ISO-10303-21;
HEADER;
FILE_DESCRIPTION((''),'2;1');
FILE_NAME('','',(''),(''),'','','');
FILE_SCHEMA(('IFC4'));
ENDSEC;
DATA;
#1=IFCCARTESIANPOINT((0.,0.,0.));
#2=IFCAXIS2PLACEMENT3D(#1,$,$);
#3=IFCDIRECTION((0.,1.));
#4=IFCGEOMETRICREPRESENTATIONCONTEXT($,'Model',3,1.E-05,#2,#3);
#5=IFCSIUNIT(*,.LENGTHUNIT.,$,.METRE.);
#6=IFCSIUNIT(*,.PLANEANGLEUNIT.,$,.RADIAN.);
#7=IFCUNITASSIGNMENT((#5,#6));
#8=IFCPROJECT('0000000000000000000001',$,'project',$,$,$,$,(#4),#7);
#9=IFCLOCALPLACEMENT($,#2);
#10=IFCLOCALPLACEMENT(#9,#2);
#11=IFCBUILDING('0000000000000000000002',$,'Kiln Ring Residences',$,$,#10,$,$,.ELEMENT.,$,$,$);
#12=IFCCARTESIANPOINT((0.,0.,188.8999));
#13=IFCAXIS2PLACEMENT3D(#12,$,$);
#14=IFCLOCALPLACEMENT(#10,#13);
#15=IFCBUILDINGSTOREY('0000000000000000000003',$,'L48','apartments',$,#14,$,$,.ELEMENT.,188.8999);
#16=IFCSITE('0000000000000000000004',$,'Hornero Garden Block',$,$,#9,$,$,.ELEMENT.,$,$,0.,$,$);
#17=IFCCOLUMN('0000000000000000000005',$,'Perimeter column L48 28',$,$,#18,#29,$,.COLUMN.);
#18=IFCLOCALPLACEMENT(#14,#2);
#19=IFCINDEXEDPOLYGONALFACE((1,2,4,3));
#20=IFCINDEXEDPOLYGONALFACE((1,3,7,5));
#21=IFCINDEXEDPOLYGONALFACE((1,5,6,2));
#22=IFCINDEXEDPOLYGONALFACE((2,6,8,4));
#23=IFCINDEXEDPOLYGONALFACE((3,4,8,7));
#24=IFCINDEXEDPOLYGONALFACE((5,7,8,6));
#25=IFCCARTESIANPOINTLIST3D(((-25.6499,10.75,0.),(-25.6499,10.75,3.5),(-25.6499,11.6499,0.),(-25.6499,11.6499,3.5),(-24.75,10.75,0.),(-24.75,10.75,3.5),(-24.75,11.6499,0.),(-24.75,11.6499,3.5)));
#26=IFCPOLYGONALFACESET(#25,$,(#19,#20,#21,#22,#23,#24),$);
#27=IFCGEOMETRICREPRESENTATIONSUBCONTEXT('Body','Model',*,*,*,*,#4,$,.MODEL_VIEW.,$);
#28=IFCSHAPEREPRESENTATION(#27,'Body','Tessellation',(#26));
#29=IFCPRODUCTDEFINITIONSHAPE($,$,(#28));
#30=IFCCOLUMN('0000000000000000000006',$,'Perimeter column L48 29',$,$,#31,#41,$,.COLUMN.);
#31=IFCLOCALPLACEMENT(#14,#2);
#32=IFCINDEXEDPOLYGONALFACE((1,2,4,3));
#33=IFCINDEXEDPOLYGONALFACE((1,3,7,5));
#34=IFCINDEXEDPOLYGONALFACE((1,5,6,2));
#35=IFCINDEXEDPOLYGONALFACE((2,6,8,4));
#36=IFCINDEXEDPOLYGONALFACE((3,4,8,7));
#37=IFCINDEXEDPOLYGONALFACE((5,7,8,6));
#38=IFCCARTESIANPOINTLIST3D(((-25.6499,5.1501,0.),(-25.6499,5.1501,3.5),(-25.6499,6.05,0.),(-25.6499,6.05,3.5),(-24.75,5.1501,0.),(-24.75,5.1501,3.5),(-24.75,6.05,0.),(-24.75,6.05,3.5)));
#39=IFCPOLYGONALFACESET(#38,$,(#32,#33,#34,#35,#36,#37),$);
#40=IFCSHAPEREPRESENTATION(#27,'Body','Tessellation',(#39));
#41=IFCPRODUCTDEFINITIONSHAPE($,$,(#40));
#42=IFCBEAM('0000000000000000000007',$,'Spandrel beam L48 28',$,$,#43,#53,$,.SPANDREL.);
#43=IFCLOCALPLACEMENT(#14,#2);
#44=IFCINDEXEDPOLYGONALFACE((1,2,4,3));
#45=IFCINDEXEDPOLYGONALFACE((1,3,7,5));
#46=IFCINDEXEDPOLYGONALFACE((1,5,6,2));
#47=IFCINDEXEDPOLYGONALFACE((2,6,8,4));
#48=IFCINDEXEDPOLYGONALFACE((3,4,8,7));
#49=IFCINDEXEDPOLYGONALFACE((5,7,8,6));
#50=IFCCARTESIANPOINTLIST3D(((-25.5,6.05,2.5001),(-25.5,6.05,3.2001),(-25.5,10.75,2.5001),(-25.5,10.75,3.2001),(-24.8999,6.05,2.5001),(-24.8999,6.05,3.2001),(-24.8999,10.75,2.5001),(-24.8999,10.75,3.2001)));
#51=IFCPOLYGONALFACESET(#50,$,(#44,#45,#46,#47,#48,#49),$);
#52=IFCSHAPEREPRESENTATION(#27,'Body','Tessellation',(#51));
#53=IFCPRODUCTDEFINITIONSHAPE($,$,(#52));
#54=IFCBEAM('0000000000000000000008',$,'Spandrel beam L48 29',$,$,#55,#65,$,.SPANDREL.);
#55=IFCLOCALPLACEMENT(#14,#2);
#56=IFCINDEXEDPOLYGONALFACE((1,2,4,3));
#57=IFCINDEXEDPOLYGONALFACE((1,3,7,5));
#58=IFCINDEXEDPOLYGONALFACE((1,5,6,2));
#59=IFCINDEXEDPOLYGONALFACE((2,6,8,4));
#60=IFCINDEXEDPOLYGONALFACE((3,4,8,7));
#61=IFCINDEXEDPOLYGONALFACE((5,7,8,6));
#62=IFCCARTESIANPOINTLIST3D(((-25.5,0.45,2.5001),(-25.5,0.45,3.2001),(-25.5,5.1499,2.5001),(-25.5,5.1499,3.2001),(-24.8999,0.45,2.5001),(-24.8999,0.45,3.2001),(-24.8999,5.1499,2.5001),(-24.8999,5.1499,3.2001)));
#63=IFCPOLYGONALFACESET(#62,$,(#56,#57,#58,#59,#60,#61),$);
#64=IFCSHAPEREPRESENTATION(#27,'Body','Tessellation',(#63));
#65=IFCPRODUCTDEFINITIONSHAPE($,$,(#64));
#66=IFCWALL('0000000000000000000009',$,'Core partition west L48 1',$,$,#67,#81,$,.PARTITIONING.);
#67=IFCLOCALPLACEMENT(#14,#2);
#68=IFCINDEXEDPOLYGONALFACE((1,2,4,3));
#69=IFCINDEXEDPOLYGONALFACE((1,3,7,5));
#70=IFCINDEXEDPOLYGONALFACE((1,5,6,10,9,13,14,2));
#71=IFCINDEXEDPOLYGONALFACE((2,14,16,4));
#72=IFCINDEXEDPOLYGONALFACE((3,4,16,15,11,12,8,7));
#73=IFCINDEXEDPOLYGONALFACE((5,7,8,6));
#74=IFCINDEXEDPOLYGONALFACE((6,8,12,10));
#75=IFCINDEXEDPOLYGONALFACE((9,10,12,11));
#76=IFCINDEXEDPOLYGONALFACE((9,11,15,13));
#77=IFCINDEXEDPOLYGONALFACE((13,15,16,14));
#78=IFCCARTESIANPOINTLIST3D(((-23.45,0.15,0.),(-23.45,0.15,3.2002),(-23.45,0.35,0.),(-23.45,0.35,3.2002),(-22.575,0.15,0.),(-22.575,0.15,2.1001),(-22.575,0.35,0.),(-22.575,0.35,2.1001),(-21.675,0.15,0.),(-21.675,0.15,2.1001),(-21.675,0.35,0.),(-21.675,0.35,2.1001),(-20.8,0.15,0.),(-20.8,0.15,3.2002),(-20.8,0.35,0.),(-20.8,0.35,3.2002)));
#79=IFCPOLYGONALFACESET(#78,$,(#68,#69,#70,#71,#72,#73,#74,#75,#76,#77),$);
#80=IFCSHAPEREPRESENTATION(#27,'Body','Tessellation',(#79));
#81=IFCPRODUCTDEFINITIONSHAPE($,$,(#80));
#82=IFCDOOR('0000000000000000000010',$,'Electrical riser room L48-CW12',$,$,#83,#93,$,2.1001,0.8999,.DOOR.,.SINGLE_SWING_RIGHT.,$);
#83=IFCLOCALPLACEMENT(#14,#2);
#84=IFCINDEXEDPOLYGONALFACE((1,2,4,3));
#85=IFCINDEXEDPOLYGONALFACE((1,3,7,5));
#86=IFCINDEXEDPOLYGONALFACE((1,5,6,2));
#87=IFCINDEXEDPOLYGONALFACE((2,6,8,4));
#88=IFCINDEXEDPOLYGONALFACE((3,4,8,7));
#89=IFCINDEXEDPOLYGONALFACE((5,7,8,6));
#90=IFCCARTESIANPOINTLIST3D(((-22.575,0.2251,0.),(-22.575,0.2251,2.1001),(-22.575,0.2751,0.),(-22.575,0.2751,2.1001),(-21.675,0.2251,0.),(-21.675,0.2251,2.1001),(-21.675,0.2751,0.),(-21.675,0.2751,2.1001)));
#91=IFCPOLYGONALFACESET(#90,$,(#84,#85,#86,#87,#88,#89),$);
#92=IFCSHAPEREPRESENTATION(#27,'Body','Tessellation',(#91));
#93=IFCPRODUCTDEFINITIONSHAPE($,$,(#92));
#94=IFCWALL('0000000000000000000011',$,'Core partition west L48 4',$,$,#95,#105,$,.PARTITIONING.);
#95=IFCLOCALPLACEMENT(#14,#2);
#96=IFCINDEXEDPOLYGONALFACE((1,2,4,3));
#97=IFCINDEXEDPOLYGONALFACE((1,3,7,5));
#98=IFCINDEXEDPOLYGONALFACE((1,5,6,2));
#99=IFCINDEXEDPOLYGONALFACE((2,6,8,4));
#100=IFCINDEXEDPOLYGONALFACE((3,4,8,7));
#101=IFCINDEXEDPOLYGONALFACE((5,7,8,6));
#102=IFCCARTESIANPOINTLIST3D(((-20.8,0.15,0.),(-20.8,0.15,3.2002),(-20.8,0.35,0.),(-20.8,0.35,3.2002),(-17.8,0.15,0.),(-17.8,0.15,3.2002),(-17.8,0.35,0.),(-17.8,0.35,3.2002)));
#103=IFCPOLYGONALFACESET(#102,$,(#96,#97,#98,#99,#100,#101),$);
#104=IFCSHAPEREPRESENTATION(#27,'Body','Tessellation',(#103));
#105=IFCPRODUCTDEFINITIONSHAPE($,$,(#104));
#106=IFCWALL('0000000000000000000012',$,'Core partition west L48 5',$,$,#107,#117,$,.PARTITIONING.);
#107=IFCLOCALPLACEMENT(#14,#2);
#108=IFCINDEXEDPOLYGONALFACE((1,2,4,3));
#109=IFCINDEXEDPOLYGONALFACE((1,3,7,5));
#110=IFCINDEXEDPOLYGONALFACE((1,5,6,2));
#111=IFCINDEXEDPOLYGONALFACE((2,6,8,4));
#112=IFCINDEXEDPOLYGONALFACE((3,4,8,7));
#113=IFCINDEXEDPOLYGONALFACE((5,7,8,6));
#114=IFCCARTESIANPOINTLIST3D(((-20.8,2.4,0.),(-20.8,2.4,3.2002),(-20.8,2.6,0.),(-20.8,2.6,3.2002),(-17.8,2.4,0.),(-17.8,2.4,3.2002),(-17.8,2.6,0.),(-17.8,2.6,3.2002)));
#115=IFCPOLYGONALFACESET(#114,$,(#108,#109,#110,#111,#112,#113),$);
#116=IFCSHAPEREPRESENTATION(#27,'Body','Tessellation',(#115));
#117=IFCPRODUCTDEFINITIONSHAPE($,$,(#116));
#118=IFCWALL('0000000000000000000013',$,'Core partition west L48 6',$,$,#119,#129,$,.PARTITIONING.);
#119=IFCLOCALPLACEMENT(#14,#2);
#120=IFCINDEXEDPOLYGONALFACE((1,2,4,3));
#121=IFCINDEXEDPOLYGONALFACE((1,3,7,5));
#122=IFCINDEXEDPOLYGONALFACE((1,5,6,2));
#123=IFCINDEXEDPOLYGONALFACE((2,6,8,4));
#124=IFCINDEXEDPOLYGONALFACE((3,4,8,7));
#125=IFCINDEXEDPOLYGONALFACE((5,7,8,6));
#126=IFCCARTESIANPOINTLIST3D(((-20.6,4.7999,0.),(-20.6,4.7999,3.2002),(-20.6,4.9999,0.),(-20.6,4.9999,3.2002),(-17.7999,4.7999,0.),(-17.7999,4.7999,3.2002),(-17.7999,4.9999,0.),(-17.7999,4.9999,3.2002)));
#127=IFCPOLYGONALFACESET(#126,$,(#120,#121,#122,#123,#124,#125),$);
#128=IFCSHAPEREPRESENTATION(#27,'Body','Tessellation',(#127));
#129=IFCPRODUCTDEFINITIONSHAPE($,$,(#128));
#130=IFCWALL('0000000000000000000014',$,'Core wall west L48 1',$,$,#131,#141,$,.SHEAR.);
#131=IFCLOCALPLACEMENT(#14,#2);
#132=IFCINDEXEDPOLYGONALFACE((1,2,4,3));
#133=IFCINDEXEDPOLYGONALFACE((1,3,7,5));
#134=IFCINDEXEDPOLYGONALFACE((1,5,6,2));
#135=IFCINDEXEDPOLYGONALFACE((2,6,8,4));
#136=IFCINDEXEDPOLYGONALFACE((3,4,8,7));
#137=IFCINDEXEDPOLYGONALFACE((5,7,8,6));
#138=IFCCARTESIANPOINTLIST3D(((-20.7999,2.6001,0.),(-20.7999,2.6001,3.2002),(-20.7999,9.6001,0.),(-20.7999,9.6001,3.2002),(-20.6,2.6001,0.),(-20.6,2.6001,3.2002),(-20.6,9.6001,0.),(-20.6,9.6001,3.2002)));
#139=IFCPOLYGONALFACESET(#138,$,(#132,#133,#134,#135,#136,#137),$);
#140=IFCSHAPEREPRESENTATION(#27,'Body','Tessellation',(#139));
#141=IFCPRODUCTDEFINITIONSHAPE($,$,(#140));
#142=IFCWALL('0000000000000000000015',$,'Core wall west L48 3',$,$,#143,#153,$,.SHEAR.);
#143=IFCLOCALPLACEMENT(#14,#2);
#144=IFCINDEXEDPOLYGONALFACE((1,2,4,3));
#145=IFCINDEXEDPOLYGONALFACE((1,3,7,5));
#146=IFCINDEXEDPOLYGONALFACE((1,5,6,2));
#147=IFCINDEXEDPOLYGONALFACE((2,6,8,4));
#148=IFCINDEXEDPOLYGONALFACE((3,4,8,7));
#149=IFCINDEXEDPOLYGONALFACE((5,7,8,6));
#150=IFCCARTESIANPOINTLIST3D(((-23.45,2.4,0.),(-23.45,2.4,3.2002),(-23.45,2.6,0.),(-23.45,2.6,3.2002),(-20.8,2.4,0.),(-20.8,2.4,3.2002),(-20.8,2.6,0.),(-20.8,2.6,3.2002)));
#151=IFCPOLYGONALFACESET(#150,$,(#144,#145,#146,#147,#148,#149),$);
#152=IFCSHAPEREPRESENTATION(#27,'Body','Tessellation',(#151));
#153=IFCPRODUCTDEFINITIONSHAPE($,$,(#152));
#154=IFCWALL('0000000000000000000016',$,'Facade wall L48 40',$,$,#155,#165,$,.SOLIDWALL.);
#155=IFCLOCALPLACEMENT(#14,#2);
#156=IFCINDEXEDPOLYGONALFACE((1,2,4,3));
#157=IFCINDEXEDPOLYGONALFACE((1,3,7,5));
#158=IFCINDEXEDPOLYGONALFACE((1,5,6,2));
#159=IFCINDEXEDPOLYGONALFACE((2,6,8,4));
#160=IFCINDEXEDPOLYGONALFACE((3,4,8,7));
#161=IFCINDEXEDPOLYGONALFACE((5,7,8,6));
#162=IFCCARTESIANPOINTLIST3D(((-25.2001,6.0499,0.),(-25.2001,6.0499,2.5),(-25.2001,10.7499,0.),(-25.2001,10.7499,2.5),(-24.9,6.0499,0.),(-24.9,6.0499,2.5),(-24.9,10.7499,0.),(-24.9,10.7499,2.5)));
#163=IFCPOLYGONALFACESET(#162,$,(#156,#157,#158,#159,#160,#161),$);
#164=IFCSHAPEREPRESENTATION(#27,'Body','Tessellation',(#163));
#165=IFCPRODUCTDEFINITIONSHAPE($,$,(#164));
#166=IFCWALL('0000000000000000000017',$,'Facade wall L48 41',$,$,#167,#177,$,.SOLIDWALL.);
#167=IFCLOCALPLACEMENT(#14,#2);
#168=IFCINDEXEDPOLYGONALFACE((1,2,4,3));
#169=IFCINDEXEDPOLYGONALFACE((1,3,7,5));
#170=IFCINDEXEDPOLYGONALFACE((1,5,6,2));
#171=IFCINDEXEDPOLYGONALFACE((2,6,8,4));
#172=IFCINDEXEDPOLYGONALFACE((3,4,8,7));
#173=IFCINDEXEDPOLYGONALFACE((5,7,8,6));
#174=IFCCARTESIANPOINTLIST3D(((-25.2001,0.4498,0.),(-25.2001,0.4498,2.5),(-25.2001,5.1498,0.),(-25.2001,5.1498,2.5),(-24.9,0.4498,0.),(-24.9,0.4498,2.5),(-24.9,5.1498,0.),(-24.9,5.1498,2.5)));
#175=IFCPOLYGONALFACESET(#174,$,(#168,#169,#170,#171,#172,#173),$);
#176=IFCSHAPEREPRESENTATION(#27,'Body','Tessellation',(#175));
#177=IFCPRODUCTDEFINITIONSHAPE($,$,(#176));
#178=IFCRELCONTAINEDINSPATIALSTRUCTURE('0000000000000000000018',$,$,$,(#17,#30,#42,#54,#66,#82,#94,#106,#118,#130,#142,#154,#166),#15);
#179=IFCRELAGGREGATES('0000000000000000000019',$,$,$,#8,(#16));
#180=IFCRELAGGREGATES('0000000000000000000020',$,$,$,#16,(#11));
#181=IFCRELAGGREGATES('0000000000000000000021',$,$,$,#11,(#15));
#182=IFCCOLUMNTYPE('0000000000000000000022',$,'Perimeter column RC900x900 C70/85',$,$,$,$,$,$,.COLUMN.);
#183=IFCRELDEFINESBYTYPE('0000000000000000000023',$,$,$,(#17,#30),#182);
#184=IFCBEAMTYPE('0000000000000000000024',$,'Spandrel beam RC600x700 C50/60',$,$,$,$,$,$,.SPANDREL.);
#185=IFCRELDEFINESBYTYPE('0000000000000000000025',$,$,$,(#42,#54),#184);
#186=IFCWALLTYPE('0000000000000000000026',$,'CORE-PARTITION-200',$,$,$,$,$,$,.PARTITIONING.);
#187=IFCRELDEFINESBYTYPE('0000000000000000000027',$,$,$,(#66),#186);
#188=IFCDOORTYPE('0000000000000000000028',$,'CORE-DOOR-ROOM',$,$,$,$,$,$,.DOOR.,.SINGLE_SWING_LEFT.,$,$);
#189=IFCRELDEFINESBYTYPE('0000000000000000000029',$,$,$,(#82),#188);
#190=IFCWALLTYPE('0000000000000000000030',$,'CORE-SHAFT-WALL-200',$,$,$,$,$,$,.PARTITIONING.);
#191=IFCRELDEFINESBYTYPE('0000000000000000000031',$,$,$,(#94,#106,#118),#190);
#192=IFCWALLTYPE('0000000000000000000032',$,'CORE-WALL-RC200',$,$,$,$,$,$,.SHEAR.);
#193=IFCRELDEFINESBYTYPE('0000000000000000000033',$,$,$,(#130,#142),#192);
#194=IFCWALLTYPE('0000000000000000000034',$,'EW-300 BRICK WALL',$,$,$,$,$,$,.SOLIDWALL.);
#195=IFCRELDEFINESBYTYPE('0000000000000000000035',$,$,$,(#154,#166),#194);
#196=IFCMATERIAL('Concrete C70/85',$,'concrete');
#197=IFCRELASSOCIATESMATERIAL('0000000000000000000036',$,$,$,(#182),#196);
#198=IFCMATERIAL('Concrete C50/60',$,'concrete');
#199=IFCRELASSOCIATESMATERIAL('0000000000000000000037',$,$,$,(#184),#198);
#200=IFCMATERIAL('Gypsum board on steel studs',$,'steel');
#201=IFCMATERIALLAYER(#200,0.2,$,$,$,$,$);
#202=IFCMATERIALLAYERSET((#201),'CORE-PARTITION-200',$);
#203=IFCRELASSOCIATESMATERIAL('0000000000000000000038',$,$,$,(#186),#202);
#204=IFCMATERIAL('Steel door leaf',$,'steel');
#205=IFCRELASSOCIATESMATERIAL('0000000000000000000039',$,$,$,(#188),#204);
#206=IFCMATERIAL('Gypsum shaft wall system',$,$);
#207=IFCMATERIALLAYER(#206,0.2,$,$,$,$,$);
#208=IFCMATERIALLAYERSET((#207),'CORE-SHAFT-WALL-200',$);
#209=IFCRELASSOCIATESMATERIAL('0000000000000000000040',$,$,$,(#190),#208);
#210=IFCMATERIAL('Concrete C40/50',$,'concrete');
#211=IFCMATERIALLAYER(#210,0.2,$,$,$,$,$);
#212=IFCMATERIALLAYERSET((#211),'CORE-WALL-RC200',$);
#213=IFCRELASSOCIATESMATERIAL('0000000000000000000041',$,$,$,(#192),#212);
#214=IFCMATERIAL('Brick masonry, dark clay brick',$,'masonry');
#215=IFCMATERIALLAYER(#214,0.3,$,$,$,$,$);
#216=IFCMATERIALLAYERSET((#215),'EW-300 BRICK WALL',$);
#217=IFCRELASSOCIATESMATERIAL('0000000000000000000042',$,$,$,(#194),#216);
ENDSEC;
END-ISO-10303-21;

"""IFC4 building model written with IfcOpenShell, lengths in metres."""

from ifc_helpers import new_model, si_unit, direction, frame, frame_2d, origin, origin_2d, place, context, subcontext, project, spatial, rectangle, extrude, material, layer, layer_set, material_profile, profile_set, type_object, element, fill, save


model = new_model("IFC4")

# Units and contexts
model_context = context("Model", 3, precision=1e-05, world=origin(), true_north=direction((0.0, 1.0)))
body_context = subcontext(model_context, "Body", "Model", "MODEL_VIEW")
ifc_project = project(units=[si_unit("LENGTHUNIT", "METRE"), si_unit("PLANEANGLEUNIT", "RADIAN")], contexts=[model_context])

# Site, building, storey
site_placement = place(None, origin())
site = spatial("IfcSite", under=ifc_project, at=site_placement, Name="Hornero Garden Block", CompositionType="ELEMENT", RefElevation=0.0)
building_placement = place(site_placement, origin())
building = spatial("IfcBuilding", under=site, at=building_placement, Name="Kiln Ring Residences", CompositionType="ELEMENT")
storey_placement = place(building_placement, frame((0.0, 0.0, 188.8999)))
storey = spatial("IfcBuildingStorey", under=building, at=storey_placement, Name="L48", Description="apartments", CompositionType="ELEMENT", Elevation=188.8999)

# Columns
ifc_material_1 = material(Name="Concrete C70/85", Category="concrete")
ifc_material_profile_1 = material_profile(ifc_material_1, rectangle(XDim=0.8999, YDim=0.8999, at=origin_2d()), Name="RC900x900")
ifc_profile_set_1 = profile_set([ifc_material_profile_1], Name="Concrete C70/85")
column_type = type_object("IfcColumnType", Name="Perimeter column RC900x900 C70/85", PredefinedType="COLUMN", material=ifc_profile_set_1)
for number, where, z_axis, x_axis, name in (
    (1, (-25.2, 11.2, 0.0), (0.0, 0.0, 1.0), (1.0, 0.0, 0.0), "Perimeter column L48 28"),
    (2, (-25.2, 5.6001, 0.0), (0.0, 0.0, 1.0), (1.0, 0.0, 0.0), "Perimeter column L48 29"),
):
    element("IfcColumn", number, at=place(storey_placement, frame(where, z_axis=z_axis, x_axis=x_axis)), inside=storey, type_object=column_type, Name=name, PredefinedType="COLUMN", context=body_context, shape_type="SweptSolid", body=[
        extrude(rectangle(XDim=0.8999, YDim=0.8999, at=origin_2d()), origin(), (0.0, 0.0, 1.0), 3.5),
    ])

# Beams
ifc_material_2 = material(Name="Concrete C50/60", Category="concrete")
ifc_material_profile_2 = material_profile(ifc_material_2, rectangle(XDim=0.6001, YDim=0.7, at=origin_2d()), Name="RC600x700")
ifc_profile_set_2 = profile_set([ifc_material_profile_2], Name="Concrete C50/60")
beam_type = type_object("IfcBeamType", Name="Spandrel beam RC600x700 C50/60", PredefinedType="SPANDREL", material=ifc_profile_set_2)
for number, where, z_axis, x_axis, name in (
    (3, (-25.2, 10.75, 2.8501), (0.0, -1.0, 0.0), (1.0, 0.0, 0.0), "Spandrel beam L48 28"),
    (4, (-25.2, 5.1499, 2.8501), (0.0, -1.0, 0.0), (1.0, 0.0, 0.0), "Spandrel beam L48 29"),
):
    element("IfcBeam", number, at=place(storey_placement, frame(where, z_axis=z_axis, x_axis=x_axis)), inside=storey, type_object=beam_type, Name=name, PredefinedType="SPANDREL", context=body_context, shape_type="SweptSolid", body=[
        extrude(rectangle(XDim=0.6001, YDim=0.7, at=origin_2d()), origin(), (0.0, 0.0, 1.0), 4.7),
    ])

# Wall, opening, door
ifc_material_3 = material(Name="Gypsum board on steel studs", Category="steel")
ifc_layer_1 = layer(ifc_material_3, 0.2)
ifc_layer_set_1 = layer_set([ifc_layer_1], Name="CORE-PARTITION-200")
wall_type_1 = type_object("IfcWallType", Name="CORE-PARTITION-200", PredefinedType="PARTITIONING", material=ifc_layer_set_1)
wall_1_placement = place(storey_placement, frame((-20.8, 0.25, 0.0), z_axis=(0.0, 0.0, 1.0), x_axis=(-1.0, 0.0, 0.0)))
wall_1 = element("IfcWall", 5, at=wall_1_placement, inside=storey, type_object=wall_type_1, Name="Core partition west L48 1", PredefinedType="PARTITIONING", context=body_context, shape_type="SweptSolid", body=[
    extrude(rectangle(XDim=2.6499, YDim=0.2, at=frame_2d((1.325, 0.0))), origin(), (0.0, 0.0, 1.0), 3.2002),
])
opening_placement = place(wall_1_placement, frame((0.875, 0.0, 0.0)))
opening = element("IfcOpeningElement", 6, at=opening_placement, cuts=wall_1, PredefinedType="OPENING", context=body_context, shape_type="SweptSolid", body=[
    extrude(rectangle(XDim=0.8999, YDim=2.1001, at=frame_2d((0.45, 1.05))), frame((0.0, 0.1099, 0.0), z_axis=(0.0, -1.0, 0.0), x_axis=(1.0, 0.0, 0.0)), (0.0, 0.0, 1.0), 0.22),
])
ifc_material_4 = material(Name="Steel door leaf", Category="steel")
door_type = type_object("IfcDoorType", Name="CORE-DOOR-ROOM", OperationType="SINGLE_SWING_LEFT", PredefinedType="DOOR", material=ifc_material_4)
door_placement = place(opening_placement, origin())
door = element("IfcDoor", 7, at=door_placement, inside=storey, type_object=door_type, Name="Electrical riser room L48-CW12", OperationType="SINGLE_SWING_RIGHT", OverallHeight=2.1001, OverallWidth=0.8999, PredefinedType="DOOR", context=body_context, shape_type="SweptSolid", body=[
    extrude(rectangle(XDim=0.8999, YDim=2.1001, at=frame_2d((0.45, 1.05))), frame((0.0, 0.0249, 0.0), z_axis=(0.0, -1.0, 0.0), x_axis=(1.0, 0.0, 0.0)), (0.0, 0.0, 1.0), 0.05),
])
fill(opening, door)

# Walls
ifc_material_5 = material(Name="Gypsum shaft wall system")
ifc_layer_2 = layer(ifc_material_5, 0.2)
ifc_layer_set_2 = layer_set([ifc_layer_2], Name="CORE-SHAFT-WALL-200")
wall_type_2 = type_object("IfcWallType", Name="CORE-SHAFT-WALL-200", PredefinedType="PARTITIONING", material=ifc_layer_set_2)
for number, where, z_axis, x_axis, name in (
    (8, (-17.8, 0.25, 0.0), (0.0, 0.0, 1.0), (-1.0, 0.0, 0.0), "Core partition west L48 4"),
    (9, (-17.8, 2.5, 0.0), (0.0, 0.0, 1.0), (-1.0, 0.0, 0.0), "Core partition west L48 5"),
):
    element("IfcWall", number, at=place(storey_placement, frame(where, z_axis=z_axis, x_axis=x_axis)), inside=storey, type_object=wall_type_2, Name=name, PredefinedType="PARTITIONING", context=body_context, shape_type="SweptSolid", body=[
        extrude(rectangle(XDim=3.0, YDim=0.2, at=frame_2d((1.5, 0.0))), origin(), (0.0, 0.0, 1.0), 3.2002),
    ])
wall_2_placement = place(storey_placement, frame((-17.8, 4.8999, 0.0), z_axis=(0.0, 0.0, 1.0), x_axis=(-1.0, 0.0, 0.0)))
element("IfcWall", 10, at=wall_2_placement, inside=storey, type_object=wall_type_2, Name="Core partition west L48 6", PredefinedType="PARTITIONING", context=body_context, shape_type="SweptSolid", body=[
    extrude(rectangle(XDim=2.8, YDim=0.2, at=frame_2d((1.3999, 0.0))), origin(), (0.0, 0.0, 1.0), 3.2002),
])
ifc_material_6 = material(Name="Concrete C40/50", Category="concrete")
ifc_layer_3 = layer(ifc_material_6, 0.2)
ifc_layer_set_3 = layer_set([ifc_layer_3], Name="CORE-WALL-RC200")
wall_type_3 = type_object("IfcWallType", Name="CORE-WALL-RC200", PredefinedType="SHEAR", material=ifc_layer_set_3)
wall_3_placement = place(storey_placement, frame((-20.7, 2.6001, 0.0), z_axis=(0.0, 0.0, 1.0), x_axis=(0.0, 1.0, 0.0)))
element("IfcWall", 11, at=wall_3_placement, inside=storey, type_object=wall_type_3, Name="Core wall west L48 1", PredefinedType="SHEAR", context=body_context, shape_type="SweptSolid", body=[
    extrude(rectangle(XDim=7.0, YDim=0.2, at=frame_2d((3.5, 0.0))), origin(), (0.0, 0.0, 1.0), 3.2002),
])
wall_4_placement = place(storey_placement, frame((-20.8, 2.5, 0.0), z_axis=(0.0, 0.0, 1.0), x_axis=(-1.0, 0.0, 0.0)))
element("IfcWall", 12, at=wall_4_placement, inside=storey, type_object=wall_type_3, Name="Core wall west L48 3", PredefinedType="SHEAR", context=body_context, shape_type="SweptSolid", body=[
    extrude(rectangle(XDim=2.6499, YDim=0.2, at=frame_2d((1.325, 0.0))), origin(), (0.0, 0.0, 1.0), 3.2002),
])
ifc_material_7 = material(Name="Brick masonry, dark clay brick", Category="masonry")
ifc_layer_4 = layer(ifc_material_7, 0.3)
ifc_layer_set_4 = layer_set([ifc_layer_4], Name="EW-300 BRICK WALL")
wall_type_4 = type_object("IfcWallType", Name="EW-300 BRICK WALL", PredefinedType="SOLIDWALL", material=ifc_layer_set_4)
for number, where, z_axis, x_axis, name in (
    (13, (-25.05, 10.75, 0.0), (0.0, 0.0, 1.0), (0.0, -1.0, 0.0), "Facade wall L48 40"),
    (14, (-25.05, 5.1499, 0.0), (0.0, 0.0, 1.0), (0.0, -1.0, 0.0), "Facade wall L48 41"),
):
    element("IfcWall", number, at=place(storey_placement, frame(where, z_axis=z_axis, x_axis=x_axis)), inside=storey, type_object=wall_type_4, Name=name, PredefinedType="SOLIDWALL", context=body_context, shape_type="SweptSolid", body=[
        extrude(rectangle(XDim=4.7, YDim=0.3, at=frame_2d((2.3501, 0.0))), origin(), (0.0, 0.0, 1.0), 2.5),
    ])

save(model, "model.ifc")
